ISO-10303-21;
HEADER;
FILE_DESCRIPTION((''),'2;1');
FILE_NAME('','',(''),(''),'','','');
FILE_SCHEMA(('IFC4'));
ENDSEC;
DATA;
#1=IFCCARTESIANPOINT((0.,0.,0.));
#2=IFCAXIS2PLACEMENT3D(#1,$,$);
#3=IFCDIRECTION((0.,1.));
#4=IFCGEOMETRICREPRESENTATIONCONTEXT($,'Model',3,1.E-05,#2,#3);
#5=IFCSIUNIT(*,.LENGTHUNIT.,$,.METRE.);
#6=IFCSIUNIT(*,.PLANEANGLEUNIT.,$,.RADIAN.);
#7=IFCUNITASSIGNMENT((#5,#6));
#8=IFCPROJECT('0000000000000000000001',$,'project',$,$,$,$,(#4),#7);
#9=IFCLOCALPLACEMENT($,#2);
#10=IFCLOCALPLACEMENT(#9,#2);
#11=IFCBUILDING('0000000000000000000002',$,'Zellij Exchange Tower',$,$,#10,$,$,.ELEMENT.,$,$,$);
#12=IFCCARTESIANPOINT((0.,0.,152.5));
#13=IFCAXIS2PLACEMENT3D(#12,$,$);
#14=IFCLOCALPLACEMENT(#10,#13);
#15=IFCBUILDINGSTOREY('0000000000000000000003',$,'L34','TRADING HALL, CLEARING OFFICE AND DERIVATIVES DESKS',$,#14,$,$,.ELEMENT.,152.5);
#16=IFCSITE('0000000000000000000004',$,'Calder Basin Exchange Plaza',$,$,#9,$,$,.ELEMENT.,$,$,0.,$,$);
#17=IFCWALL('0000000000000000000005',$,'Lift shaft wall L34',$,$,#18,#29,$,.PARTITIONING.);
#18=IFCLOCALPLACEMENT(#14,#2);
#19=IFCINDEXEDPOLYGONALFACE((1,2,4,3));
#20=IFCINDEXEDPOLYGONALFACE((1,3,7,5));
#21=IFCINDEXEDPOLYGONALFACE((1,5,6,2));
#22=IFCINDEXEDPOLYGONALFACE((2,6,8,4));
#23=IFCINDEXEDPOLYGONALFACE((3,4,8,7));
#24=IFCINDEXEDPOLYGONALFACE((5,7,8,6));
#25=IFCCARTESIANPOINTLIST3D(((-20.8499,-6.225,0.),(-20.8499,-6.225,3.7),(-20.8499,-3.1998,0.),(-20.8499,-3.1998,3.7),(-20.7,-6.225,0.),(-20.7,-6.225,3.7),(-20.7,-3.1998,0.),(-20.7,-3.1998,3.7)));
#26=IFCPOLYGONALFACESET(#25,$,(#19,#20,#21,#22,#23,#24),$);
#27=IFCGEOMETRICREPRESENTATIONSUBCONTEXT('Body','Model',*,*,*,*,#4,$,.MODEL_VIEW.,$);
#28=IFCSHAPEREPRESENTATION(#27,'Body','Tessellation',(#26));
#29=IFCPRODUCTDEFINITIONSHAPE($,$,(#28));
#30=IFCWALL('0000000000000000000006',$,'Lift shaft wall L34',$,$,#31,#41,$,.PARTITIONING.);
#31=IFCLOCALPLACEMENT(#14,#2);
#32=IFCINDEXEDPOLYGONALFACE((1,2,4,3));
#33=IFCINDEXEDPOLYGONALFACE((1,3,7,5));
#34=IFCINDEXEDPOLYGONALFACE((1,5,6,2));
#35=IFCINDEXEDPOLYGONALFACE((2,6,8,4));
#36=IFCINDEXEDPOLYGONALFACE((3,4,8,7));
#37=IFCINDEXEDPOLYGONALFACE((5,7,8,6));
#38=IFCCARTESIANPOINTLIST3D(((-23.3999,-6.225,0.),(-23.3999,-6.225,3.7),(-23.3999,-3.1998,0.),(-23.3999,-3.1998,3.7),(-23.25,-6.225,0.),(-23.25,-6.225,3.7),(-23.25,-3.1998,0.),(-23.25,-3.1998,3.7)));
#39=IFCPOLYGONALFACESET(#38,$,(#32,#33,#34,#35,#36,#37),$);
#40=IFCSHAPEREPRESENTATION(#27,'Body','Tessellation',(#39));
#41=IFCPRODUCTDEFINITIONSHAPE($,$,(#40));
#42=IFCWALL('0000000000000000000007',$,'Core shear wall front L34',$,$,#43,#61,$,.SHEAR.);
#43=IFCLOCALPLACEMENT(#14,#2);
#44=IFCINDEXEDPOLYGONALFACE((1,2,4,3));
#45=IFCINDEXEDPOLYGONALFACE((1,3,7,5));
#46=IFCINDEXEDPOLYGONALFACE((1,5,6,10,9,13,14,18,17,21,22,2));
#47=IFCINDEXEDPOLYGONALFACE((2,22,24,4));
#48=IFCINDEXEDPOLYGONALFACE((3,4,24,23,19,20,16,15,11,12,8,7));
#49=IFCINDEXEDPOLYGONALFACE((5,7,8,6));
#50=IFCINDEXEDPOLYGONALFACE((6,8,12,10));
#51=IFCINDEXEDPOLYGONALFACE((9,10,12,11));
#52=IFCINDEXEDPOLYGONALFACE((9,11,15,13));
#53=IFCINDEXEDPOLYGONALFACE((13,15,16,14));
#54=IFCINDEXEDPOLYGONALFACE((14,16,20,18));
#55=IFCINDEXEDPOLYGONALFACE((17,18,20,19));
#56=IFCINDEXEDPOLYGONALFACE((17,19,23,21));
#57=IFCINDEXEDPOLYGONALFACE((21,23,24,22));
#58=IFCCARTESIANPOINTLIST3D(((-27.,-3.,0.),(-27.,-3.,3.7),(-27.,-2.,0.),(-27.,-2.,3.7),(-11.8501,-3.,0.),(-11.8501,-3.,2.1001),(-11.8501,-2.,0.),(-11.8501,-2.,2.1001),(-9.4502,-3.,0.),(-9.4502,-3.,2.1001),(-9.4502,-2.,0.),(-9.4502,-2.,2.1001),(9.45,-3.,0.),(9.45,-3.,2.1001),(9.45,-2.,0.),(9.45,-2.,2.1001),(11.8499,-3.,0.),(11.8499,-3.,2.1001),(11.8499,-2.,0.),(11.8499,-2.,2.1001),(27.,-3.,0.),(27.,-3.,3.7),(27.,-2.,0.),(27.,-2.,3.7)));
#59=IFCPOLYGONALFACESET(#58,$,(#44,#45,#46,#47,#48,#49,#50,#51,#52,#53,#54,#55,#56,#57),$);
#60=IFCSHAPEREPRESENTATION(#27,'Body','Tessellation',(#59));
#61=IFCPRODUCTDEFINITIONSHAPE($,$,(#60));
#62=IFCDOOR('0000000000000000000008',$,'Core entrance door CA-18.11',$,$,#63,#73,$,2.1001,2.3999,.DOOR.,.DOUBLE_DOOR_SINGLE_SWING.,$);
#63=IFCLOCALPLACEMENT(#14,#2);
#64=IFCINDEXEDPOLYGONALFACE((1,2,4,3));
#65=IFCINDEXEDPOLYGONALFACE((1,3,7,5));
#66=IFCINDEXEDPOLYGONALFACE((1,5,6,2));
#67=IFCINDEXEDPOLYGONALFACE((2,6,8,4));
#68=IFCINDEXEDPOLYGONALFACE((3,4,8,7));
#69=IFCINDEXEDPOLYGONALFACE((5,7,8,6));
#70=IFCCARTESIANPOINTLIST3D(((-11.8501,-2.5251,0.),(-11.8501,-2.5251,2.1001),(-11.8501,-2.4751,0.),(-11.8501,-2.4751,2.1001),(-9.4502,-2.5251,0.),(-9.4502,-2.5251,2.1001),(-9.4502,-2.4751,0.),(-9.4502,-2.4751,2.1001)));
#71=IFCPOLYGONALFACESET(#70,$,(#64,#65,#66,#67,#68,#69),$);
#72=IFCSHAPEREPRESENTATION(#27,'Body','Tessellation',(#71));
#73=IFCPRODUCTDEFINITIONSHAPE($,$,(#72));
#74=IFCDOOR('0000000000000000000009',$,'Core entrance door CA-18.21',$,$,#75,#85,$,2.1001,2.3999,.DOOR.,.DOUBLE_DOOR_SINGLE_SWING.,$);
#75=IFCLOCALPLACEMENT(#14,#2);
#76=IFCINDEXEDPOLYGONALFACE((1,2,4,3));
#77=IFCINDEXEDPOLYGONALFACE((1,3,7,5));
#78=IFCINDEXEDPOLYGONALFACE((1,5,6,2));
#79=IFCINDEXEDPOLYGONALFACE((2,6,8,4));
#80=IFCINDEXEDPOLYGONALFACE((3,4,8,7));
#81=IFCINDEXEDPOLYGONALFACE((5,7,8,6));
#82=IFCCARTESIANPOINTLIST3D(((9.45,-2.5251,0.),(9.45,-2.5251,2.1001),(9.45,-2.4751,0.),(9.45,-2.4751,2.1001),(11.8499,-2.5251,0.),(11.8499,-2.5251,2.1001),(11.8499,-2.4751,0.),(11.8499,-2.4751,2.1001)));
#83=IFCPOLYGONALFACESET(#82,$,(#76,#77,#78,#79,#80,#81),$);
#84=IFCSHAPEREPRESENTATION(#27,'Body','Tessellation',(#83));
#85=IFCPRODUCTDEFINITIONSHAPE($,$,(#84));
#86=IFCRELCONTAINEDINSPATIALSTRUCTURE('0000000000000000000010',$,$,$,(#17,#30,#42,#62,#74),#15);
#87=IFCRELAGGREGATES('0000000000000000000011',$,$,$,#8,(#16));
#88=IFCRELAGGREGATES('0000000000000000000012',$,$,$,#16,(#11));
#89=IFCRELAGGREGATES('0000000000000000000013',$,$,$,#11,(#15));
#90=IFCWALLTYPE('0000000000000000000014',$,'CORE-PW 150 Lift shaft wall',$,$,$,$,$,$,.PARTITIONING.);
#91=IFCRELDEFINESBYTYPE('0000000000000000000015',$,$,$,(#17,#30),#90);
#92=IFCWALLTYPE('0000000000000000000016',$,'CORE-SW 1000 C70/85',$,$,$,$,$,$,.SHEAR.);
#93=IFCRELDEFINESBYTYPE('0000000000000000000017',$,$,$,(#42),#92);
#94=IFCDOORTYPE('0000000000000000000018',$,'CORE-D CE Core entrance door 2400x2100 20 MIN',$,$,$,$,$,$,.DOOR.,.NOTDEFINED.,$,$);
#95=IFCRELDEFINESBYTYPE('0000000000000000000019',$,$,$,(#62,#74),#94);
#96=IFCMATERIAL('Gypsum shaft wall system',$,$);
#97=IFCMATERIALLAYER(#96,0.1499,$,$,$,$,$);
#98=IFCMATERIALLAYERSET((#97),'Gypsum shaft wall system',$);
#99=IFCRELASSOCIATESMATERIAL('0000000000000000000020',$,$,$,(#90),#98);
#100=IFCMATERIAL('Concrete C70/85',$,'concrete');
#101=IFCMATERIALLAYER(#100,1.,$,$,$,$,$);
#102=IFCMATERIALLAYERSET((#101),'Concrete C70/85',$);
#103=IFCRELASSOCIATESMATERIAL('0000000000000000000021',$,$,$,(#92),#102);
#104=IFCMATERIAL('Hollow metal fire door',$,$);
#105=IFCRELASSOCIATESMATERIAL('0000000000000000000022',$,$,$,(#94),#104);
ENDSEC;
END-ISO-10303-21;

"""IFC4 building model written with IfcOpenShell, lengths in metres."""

from ifc_helpers import new_model, si_unit, direction, frame, frame_2d, origin, place, context, subcontext, project, spatial, rectangle, extrude, material, layer, layer_set, type_object, element, fill, save


model = new_model("IFC4")

# Units and contexts
model_context = context("Model", 3, precision=1e-05, world=origin(), true_north=direction((0.0, 1.0)))
body_context = subcontext(model_context, "Body", "Model", "MODEL_VIEW")
ifc_project = project(units=[si_unit("LENGTHUNIT", "METRE"), si_unit("PLANEANGLEUNIT", "RADIAN")], contexts=[model_context])

# Site, building, storey
site_placement = place(None, origin())
site = spatial("IfcSite", under=ifc_project, at=site_placement, Name="Calder Basin Exchange Plaza", CompositionType="ELEMENT", RefElevation=0.0)
building_placement = place(site_placement, origin())
building = spatial("IfcBuilding", under=site, at=building_placement, Name="Zellij Exchange Tower", CompositionType="ELEMENT")
storey_placement = place(building_placement, frame((0.0, 0.0, 152.5)))
storey = spatial("IfcBuildingStorey", under=building, at=storey_placement, Name="L34", Description="TRADING HALL, CLEARING OFFICE AND DERIVATIVES DESKS", CompositionType="ELEMENT", Elevation=152.5)

# Walls
ifc_material_1 = material(Name="Gypsum shaft wall system")
ifc_layer_1 = layer(ifc_material_1, 0.1499)
ifc_layer_set_1 = layer_set([ifc_layer_1], Name="Gypsum shaft wall system")
wall_type_1 = type_object("IfcWallType", Name="CORE-PW 150 Lift shaft wall", PredefinedType="PARTITIONING", material=ifc_layer_set_1)
for number, where, z_axis, x_axis, name in (
    (1, (-20.7749, -6.2251, 0.0), (0.0, 0.0, 1.0), (0.0, 1.0, 0.0), "Lift shaft wall L34"),
    (2, (-23.325, -6.2251, 0.0), (0.0, 0.0, 1.0), (0.0, 1.0, 0.0), "Lift shaft wall L34"),
):
    element("IfcWall", number, at=place(storey_placement, frame(where, z_axis=z_axis, x_axis=x_axis)), inside=storey, type_object=wall_type_1, Name=name, PredefinedType="PARTITIONING", context=body_context, shape_type="SweptSolid", body=[
        extrude(rectangle(XDim=3.0251, YDim=0.1499, at=frame_2d((1.5127, 0.0))), origin(), (0.0, 0.0, 1.0), 3.7),
    ])

# Wall, openings, doors
ifc_material_2 = material(Name="Concrete C70/85", Category="concrete")
ifc_layer_2 = layer(ifc_material_2, 1.0)
ifc_layer_set_2 = layer_set([ifc_layer_2], Name="Concrete C70/85")
wall_type_2 = type_object("IfcWallType", Name="CORE-SW 1000 C70/85", PredefinedType="SHEAR", material=ifc_layer_set_2)
wall_1_placement = place(storey_placement, frame((-27.0, -2.5, 0.0), z_axis=(0.0, 0.0, 1.0), x_axis=(1.0, 0.0, 0.0)))
wall_1 = element("IfcWall", 3, at=wall_1_placement, inside=storey, type_object=wall_type_2, Name="Core shear wall front L34", PredefinedType="SHEAR", context=body_context, shape_type="SweptSolid", body=[
    extrude(rectangle(XDim=54.0, YDim=1.0, at=frame_2d((27.0, 0.0))), origin(), (0.0, 0.0, 1.0), 3.7),
])
opening_1_placement = place(wall_1_placement, frame((15.1499, 0.0, 0.0)))
opening_1 = element("IfcOpeningElement", 4, at=opening_1_placement, cuts=wall_1, PredefinedType="OPENING", context=body_context, shape_type="SweptSolid", body=[
    extrude(rectangle(XDim=2.3999, YDim=2.1001, at=frame_2d((1.2, 1.05))), frame((0.0, 0.512, 0.0), z_axis=(0.0, -1.0, 0.0), x_axis=(1.0, 0.0, 0.0)), (0.0, 0.0, 1.0), 1.0239),
])
opening_2_placement = place(wall_1_placement, frame((36.45, 0.0, 0.0)))
opening_2 = element("IfcOpeningElement", 5, at=opening_2_placement, cuts=wall_1, PredefinedType="OPENING", context=body_context, shape_type="SweptSolid", body=[
    extrude(rectangle(XDim=2.3999, YDim=2.1001, at=frame_2d((1.2, 1.05))), frame((0.0, 0.512, 0.0), z_axis=(0.0, -1.0, 0.0), x_axis=(1.0, 0.0, 0.0)), (0.0, 0.0, 1.0), 1.0239),
])
ifc_material_3 = material(Name="Hollow metal fire door")
door_type = type_object("IfcDoorType", Name="CORE-D CE Core entrance door 2400x2100 20 MIN", OperationType="NOTDEFINED", PredefinedType="DOOR", material=ifc_material_3)
door_1_placement = place(opening_1_placement, origin())
door_1 = element("IfcDoor", 6, at=door_1_placement, inside=storey, type_object=door_type, Name="Core entrance door CA-18.11", OperationType="DOUBLE_DOOR_SINGLE_SWING", OverallHeight=2.1001, OverallWidth=2.3999, PredefinedType="DOOR", context=body_context, shape_type="SweptSolid", body=[
    extrude(rectangle(XDim=2.3999, YDim=2.1001, at=frame_2d((1.2, 1.05))), frame((0.0, 0.0249, 0.0), z_axis=(0.0, -1.0, 0.0), x_axis=(1.0, 0.0, 0.0)), (0.0, 0.0, 1.0), 0.05),
])
fill(opening_1, door_1)
door_2_placement = place(opening_2_placement, origin())
door_2 = element("IfcDoor", 7, at=door_2_placement, inside=storey, type_object=door_type, Name="Core entrance door CA-18.21", OperationType="DOUBLE_DOOR_SINGLE_SWING", OverallHeight=2.1001, OverallWidth=2.3999, PredefinedType="DOOR", context=body_context, shape_type="SweptSolid", body=[
    extrude(rectangle(XDim=2.3999, YDim=2.1001, at=frame_2d((1.2, 1.05))), frame((0.0, 0.0249, 0.0), z_axis=(0.0, -1.0, 0.0), x_axis=(1.0, 0.0, 0.0)), (0.0, 0.0, 1.0), 0.05),
])
fill(opening_2, door_2)

save(model, "model.ifc")
